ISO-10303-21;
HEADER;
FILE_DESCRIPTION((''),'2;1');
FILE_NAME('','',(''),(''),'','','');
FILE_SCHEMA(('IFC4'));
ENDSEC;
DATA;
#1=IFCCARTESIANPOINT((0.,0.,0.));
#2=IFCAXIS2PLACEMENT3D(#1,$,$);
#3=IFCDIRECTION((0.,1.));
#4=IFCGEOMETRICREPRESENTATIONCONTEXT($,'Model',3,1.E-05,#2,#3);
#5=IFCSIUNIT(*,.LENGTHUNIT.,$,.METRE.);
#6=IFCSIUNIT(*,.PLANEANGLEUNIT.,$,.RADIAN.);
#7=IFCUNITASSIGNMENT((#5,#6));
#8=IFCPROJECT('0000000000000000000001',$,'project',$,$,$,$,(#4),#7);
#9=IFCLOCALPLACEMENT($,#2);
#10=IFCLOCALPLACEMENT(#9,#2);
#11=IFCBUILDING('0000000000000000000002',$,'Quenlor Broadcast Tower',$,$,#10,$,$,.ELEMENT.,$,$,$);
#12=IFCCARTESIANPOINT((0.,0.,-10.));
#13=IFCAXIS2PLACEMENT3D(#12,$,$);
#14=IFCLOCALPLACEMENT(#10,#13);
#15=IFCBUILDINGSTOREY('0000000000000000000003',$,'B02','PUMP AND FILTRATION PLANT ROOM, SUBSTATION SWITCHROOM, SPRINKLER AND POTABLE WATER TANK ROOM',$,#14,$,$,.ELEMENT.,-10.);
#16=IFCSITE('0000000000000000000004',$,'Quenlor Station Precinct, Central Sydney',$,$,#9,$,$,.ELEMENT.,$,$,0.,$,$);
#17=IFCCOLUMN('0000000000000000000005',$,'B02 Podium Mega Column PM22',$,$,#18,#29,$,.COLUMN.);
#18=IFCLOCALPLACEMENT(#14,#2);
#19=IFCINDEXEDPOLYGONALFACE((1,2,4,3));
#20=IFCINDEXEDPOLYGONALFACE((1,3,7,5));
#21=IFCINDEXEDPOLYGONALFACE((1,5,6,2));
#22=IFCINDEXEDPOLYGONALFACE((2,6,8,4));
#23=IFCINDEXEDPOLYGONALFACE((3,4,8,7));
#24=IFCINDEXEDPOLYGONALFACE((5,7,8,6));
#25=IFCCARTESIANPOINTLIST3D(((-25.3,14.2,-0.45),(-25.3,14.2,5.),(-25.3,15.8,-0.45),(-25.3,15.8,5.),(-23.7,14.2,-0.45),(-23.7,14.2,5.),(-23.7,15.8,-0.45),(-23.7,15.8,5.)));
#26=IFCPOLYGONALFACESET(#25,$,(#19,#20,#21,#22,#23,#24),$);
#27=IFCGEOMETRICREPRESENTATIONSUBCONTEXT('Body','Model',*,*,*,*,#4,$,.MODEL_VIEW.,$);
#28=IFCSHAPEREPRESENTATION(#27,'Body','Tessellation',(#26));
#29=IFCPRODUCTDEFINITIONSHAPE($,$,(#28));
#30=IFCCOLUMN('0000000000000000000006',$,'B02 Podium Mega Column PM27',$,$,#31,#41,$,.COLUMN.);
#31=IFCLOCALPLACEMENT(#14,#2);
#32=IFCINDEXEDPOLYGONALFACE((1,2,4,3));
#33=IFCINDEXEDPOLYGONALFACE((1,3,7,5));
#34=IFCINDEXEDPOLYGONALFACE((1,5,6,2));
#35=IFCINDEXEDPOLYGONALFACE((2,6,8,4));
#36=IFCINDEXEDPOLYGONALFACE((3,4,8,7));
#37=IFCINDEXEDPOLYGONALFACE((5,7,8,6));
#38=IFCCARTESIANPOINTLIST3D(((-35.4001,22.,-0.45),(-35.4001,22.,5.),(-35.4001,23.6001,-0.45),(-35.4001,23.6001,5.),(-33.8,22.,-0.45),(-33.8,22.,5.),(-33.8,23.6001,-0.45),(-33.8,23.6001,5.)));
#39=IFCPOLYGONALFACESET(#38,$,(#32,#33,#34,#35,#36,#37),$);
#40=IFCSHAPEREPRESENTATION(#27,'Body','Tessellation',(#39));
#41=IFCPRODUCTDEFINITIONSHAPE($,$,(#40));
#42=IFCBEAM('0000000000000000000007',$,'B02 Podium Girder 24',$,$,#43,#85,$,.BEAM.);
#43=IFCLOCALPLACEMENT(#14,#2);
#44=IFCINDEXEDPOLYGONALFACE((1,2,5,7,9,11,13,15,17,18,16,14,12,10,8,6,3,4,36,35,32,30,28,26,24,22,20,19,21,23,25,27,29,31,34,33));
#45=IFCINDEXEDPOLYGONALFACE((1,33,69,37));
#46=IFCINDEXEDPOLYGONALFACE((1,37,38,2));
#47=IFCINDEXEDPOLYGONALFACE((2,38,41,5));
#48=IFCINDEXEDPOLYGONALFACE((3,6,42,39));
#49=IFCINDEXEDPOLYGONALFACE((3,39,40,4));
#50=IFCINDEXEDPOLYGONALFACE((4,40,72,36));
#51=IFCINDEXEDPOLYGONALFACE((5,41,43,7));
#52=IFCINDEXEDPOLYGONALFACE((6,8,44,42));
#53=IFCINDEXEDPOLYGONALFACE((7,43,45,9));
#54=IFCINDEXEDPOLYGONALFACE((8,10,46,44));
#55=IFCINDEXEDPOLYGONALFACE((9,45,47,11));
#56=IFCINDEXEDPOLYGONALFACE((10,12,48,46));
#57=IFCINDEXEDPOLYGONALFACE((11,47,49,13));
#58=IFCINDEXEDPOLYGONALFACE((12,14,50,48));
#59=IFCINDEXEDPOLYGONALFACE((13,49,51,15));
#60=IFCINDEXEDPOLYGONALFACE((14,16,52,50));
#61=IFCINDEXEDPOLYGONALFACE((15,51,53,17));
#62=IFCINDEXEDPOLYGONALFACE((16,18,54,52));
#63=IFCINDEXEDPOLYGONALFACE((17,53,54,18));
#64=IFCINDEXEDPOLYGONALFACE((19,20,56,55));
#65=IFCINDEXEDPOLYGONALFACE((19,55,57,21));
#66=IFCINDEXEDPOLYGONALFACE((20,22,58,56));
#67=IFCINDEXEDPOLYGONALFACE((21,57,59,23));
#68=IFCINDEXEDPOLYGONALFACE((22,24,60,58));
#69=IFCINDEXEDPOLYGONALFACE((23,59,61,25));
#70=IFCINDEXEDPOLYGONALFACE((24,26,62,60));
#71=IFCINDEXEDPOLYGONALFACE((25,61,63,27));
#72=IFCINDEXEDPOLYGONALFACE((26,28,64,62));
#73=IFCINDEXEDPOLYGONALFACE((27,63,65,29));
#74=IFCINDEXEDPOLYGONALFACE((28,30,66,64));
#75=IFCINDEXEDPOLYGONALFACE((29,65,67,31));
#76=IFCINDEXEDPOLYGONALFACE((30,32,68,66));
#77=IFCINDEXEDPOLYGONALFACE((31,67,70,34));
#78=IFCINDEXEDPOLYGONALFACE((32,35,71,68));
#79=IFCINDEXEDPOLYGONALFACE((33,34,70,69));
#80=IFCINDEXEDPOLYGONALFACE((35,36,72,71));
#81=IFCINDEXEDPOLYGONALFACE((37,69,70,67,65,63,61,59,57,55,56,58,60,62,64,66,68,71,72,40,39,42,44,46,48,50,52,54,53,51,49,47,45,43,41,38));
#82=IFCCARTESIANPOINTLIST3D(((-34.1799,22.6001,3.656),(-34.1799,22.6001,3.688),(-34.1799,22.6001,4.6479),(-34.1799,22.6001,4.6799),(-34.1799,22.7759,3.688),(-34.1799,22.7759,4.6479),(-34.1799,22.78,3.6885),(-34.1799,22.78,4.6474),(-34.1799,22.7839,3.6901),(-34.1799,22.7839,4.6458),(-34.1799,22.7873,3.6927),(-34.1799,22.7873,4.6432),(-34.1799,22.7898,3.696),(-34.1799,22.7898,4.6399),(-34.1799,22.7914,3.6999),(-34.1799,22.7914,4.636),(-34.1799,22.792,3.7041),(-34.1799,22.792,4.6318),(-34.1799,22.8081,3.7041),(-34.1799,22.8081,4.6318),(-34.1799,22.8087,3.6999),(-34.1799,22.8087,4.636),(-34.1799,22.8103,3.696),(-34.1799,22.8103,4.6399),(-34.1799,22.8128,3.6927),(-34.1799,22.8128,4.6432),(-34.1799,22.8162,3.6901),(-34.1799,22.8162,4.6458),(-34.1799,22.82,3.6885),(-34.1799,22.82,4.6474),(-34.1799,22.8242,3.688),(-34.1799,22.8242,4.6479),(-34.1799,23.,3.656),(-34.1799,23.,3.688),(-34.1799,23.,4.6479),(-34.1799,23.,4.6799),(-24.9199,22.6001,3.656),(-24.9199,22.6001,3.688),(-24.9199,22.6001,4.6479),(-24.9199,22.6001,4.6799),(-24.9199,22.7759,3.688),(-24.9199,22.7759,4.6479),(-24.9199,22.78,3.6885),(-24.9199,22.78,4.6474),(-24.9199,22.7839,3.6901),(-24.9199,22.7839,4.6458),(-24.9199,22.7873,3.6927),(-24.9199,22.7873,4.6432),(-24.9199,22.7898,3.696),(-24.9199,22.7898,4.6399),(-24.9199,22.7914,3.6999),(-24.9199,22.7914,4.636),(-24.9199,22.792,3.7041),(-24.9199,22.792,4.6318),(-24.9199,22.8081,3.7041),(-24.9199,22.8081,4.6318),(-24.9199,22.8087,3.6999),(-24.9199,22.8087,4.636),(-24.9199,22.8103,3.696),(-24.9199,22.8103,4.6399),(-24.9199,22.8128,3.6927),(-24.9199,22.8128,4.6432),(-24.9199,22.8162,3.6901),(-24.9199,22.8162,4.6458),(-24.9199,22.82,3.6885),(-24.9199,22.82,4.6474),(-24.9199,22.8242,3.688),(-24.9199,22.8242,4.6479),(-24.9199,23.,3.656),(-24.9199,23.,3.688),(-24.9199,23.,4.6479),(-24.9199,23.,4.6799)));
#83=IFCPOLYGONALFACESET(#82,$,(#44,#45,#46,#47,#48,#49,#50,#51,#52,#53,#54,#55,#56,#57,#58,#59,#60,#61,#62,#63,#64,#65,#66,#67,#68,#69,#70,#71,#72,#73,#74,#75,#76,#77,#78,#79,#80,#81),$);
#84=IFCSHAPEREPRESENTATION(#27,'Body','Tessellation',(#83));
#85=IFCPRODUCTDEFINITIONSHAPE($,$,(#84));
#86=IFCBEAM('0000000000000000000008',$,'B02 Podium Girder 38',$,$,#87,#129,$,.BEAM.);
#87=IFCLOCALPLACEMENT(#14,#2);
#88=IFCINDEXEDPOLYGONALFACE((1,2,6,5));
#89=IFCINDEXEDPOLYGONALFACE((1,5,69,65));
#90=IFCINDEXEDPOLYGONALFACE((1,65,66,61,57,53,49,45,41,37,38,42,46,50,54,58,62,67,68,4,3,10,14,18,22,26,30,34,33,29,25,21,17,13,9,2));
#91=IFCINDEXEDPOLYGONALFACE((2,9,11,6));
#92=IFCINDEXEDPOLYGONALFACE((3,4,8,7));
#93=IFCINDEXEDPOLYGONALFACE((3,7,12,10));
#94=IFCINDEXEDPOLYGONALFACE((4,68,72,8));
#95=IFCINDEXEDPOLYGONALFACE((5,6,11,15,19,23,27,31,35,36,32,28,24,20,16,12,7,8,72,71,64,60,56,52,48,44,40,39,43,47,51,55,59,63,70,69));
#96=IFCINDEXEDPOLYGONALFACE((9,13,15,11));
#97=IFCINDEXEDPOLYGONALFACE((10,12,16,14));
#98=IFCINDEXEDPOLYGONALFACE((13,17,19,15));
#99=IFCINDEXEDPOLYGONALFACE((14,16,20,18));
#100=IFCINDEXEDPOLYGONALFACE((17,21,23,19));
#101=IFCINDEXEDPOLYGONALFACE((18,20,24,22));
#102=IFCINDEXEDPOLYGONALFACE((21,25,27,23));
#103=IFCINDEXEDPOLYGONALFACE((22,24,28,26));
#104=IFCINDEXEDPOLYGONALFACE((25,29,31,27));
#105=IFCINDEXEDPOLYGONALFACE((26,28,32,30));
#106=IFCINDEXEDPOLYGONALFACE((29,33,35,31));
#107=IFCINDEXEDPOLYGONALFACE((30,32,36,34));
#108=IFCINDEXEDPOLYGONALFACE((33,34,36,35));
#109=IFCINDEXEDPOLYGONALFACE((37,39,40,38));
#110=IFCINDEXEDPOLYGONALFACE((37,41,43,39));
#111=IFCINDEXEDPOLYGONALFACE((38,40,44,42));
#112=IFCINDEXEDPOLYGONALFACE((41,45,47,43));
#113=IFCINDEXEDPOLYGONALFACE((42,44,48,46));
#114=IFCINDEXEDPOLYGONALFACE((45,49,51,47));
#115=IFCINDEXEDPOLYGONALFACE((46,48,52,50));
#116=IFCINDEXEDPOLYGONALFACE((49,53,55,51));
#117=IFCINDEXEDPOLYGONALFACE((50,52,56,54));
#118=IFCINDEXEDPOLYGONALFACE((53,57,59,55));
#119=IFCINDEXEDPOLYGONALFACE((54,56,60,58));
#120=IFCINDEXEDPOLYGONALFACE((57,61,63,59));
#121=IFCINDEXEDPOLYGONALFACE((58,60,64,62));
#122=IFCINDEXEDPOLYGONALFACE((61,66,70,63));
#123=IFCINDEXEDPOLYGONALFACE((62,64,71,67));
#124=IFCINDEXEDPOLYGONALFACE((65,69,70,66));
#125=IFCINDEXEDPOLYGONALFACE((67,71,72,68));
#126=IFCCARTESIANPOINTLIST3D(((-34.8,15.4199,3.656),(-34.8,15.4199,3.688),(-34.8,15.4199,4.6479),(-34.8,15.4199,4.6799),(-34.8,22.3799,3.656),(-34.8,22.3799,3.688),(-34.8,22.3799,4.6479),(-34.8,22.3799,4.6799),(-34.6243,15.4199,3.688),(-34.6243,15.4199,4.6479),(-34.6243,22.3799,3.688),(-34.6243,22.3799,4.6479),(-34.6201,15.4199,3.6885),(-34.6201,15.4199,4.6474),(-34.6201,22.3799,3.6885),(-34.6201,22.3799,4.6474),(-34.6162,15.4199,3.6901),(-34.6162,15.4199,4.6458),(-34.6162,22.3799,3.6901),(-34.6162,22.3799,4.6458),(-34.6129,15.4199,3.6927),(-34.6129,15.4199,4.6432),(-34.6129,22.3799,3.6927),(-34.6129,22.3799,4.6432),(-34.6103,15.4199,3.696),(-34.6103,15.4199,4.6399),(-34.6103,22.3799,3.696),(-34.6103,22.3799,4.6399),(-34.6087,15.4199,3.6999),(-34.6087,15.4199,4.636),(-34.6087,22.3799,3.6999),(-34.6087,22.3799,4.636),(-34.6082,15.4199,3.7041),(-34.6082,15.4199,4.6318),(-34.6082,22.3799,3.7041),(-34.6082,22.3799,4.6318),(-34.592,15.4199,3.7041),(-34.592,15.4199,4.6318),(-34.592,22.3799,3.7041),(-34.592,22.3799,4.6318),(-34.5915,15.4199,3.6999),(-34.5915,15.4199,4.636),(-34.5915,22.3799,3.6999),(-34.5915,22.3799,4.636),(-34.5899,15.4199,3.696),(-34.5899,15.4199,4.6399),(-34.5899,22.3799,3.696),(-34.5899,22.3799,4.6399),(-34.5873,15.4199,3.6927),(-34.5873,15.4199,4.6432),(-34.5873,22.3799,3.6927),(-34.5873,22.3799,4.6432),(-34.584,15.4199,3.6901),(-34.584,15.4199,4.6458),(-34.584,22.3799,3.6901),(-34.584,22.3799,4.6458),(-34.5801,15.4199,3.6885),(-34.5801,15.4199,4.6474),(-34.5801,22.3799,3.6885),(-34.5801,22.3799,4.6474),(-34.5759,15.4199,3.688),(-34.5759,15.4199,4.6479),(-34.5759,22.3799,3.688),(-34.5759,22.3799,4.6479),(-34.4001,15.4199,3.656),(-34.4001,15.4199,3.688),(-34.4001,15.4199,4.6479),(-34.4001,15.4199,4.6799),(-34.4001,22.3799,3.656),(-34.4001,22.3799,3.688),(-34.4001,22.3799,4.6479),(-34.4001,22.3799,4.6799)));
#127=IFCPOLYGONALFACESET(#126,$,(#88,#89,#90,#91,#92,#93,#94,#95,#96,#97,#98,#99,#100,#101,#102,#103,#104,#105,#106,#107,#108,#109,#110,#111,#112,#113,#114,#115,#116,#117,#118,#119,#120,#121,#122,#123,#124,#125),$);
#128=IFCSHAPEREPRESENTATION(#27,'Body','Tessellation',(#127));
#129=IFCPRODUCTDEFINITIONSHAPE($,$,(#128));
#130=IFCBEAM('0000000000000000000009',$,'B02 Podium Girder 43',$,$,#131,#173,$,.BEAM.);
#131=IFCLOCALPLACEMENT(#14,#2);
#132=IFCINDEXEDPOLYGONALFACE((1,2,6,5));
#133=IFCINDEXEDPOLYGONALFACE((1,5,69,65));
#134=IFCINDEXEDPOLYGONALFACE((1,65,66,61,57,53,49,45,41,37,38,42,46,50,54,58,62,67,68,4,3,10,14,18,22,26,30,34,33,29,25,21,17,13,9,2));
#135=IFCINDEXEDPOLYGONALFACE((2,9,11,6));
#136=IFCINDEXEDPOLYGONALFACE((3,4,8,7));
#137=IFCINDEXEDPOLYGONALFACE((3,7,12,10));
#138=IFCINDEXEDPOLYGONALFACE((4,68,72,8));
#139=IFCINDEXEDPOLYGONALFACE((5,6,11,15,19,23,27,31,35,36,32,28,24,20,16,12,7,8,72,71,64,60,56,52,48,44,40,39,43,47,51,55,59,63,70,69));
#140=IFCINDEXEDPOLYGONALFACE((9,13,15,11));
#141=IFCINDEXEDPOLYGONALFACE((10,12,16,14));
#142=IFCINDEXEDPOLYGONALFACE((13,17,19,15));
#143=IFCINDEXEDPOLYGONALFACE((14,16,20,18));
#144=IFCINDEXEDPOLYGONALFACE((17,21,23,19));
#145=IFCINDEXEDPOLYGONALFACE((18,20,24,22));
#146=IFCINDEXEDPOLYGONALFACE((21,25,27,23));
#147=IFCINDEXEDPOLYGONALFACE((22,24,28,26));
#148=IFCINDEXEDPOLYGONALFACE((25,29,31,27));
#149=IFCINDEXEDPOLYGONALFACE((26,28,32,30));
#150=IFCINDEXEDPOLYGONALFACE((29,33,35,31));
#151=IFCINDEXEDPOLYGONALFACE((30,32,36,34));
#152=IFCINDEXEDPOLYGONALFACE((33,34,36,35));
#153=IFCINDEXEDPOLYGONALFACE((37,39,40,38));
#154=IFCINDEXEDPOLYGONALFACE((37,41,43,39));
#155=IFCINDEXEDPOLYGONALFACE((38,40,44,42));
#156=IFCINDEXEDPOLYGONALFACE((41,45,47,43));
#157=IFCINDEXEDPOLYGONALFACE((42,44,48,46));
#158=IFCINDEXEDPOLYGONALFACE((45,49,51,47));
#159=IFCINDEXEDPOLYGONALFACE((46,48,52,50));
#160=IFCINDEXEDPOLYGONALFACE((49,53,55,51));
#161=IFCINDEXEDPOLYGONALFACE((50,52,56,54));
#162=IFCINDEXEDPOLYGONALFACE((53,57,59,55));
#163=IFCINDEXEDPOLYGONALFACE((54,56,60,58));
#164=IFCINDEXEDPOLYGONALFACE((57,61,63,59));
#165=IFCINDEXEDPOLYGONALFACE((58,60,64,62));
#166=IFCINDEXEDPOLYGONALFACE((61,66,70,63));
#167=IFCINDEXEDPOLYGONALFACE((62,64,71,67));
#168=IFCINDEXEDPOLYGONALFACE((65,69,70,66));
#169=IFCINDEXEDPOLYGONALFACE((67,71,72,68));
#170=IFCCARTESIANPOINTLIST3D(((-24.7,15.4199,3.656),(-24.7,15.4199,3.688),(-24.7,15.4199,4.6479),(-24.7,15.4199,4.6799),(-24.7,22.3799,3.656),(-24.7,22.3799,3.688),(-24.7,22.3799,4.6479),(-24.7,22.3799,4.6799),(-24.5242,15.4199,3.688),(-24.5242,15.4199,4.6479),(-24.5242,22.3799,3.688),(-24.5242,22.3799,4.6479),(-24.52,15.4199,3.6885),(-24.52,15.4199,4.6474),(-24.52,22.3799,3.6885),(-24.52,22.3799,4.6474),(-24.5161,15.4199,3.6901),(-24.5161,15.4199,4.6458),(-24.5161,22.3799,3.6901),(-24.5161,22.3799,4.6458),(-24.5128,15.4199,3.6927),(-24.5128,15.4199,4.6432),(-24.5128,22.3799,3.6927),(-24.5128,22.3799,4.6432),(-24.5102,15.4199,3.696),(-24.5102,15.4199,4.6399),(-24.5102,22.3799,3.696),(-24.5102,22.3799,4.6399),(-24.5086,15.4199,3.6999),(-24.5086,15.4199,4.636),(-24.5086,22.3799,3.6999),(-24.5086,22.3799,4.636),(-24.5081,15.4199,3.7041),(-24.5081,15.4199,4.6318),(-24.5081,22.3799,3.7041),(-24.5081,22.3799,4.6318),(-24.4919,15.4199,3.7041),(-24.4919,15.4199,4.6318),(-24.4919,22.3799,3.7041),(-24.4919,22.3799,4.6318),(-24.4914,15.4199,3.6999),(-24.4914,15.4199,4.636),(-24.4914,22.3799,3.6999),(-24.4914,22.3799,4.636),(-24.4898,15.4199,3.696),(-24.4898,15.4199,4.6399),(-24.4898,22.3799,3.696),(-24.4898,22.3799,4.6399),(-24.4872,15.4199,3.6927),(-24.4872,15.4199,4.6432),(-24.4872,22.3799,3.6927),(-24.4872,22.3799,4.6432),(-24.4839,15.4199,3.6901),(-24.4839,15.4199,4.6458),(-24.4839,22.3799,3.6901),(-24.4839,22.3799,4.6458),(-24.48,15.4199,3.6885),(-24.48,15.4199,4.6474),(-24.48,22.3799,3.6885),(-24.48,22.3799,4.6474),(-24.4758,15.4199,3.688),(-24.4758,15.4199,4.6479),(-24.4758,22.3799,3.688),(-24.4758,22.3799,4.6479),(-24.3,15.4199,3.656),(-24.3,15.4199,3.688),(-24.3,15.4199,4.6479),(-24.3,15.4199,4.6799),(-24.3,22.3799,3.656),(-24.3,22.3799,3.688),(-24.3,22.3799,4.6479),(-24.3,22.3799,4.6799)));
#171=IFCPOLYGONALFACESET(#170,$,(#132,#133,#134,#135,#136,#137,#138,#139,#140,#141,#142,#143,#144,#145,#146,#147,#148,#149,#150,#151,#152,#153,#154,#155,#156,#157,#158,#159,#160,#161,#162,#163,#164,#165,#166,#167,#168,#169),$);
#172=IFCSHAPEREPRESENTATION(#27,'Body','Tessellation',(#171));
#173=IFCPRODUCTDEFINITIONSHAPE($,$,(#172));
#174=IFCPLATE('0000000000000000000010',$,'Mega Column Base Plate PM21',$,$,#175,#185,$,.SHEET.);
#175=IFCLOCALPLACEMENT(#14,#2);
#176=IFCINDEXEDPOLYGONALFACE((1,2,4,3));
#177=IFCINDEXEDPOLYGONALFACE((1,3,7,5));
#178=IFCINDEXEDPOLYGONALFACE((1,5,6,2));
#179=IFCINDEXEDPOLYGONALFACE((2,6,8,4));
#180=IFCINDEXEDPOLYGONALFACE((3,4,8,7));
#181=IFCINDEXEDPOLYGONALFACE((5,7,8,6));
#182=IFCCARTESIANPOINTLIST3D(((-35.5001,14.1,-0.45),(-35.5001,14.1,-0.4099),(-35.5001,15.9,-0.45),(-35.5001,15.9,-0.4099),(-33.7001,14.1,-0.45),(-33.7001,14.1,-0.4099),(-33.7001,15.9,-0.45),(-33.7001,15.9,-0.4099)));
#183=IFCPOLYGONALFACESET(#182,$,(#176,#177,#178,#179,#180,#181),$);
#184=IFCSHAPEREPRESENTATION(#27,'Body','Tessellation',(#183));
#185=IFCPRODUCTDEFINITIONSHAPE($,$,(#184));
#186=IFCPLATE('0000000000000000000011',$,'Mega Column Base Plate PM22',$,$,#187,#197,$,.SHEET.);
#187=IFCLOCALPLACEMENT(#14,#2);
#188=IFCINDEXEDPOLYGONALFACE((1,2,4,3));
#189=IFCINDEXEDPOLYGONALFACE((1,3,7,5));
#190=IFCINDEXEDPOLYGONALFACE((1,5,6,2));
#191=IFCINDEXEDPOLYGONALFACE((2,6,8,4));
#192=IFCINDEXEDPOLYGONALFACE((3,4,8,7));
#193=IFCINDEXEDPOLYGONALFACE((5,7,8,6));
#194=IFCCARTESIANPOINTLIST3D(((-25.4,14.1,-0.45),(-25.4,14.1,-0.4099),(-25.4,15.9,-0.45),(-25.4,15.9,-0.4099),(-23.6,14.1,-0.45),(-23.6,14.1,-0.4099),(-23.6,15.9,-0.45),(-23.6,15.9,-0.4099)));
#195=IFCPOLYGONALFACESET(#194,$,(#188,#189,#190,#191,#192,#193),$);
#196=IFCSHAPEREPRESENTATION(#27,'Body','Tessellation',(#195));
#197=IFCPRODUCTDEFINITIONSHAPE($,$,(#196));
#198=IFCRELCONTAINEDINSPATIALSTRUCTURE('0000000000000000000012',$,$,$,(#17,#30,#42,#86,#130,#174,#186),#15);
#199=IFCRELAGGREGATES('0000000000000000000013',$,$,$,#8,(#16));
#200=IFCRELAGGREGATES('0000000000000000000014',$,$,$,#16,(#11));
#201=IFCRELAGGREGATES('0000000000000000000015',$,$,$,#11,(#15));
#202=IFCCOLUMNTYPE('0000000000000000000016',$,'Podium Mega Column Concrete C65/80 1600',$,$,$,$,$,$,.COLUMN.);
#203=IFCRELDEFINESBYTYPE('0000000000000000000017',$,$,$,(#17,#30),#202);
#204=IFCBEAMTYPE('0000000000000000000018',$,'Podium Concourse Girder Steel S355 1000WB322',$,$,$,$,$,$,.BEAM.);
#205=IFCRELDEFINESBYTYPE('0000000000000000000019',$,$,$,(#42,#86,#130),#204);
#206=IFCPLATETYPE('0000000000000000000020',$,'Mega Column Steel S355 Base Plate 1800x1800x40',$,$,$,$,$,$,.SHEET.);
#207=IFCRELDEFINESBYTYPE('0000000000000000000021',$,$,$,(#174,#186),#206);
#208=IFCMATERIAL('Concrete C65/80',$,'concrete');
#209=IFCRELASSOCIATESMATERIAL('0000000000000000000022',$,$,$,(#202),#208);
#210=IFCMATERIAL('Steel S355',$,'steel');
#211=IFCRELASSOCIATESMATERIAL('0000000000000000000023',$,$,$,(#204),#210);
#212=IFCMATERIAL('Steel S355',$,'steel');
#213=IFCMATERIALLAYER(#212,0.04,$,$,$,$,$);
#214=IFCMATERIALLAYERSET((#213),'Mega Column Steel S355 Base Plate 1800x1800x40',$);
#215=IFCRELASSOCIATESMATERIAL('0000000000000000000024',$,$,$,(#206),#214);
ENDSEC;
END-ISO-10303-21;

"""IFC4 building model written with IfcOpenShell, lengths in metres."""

from ifc_helpers import new_model, si_unit, direction, frame, origin, origin_2d, place, context, subcontext, project, spatial, rectangle, i_section, extrude, material, layer, layer_set, material_profile, profile_set, type_object, element, save


model = new_model("IFC4")

# Units and contexts
model_context = context("Model", 3, precision=1e-05, world=origin(), true_north=direction((0.0, 1.0)))
body_context = subcontext(model_context, "Body", "Model", "MODEL_VIEW")
ifc_project = project(units=[si_unit("LENGTHUNIT", "METRE"), si_unit("PLANEANGLEUNIT", "RADIAN")], contexts=[model_context])

# Site, building, storey
site_placement = place(None, origin())
site = spatial("IfcSite", under=ifc_project, at=site_placement, Name="Quenlor Station Precinct, Central Sydney", CompositionType="ELEMENT", RefElevation=0.0)
building_placement = place(site_placement, origin())
building = spatial("IfcBuilding", under=site, at=building_placement, Name="Quenlor Broadcast Tower", CompositionType="ELEMENT")
storey_placement = place(building_placement, frame((0.0, 0.0, -10.0)))
storey = spatial("IfcBuildingStorey", under=building, at=storey_placement, Name="B02", Description="PUMP AND FILTRATION PLANT ROOM, SUBSTATION SWITCHROOM, SPRINKLER AND POTABLE WATER TANK ROOM", CompositionType="ELEMENT", Elevation=-10.0)

# Columns
ifc_material_1 = material(Name="Concrete C65/80", Category="concrete")
ifc_material_profile_1 = material_profile(ifc_material_1, rectangle(XDim=1.6001, YDim=1.6001, at=origin_2d()))
ifc_profile_set_1 = profile_set([ifc_material_profile_1], Name="Concrete C65/80 RC1600x1600")
column_type = type_object("IfcColumnType", Name="Podium Mega Column Concrete C65/80 1600", PredefinedType="COLUMN", material=ifc_profile_set_1)
for number, where, z_axis, x_axis, name in (
    (1, (-24.5, 15.0, -0.45), (0.0, 0.0, 1.0), (1.0, 0.0, 0.0), "B02 Podium Mega Column PM22"),
    (2, (-34.6001, 22.8, -0.45), (0.0, 0.0, 1.0), (1.0, 0.0, 0.0), "B02 Podium Mega Column PM27"),
):
    element("IfcColumn", number, at=place(storey_placement, frame(where, z_axis=z_axis, x_axis=x_axis)), inside=storey, type_object=column_type, Name=name, PredefinedType="COLUMN", context=body_context, shape_type="SweptSolid", body=[
        extrude(rectangle(XDim=1.6001, YDim=1.6001, at=origin_2d()), origin(), (0.0, 0.0, 1.0), 5.45),
    ])

# Beams
ifc_material_2 = material(Name="Steel S355", Category="steel")
ifc_material_profile_2 = material_profile(ifc_material_2, i_section(OverallWidth=0.3999, OverallDepth=1.0239, WebThickness=0.0161, FlangeThickness=0.032, FilletRadius=0.0161, at=origin_2d()))
ifc_profile_set_2 = profile_set([ifc_material_profile_2], Name="Steel S355 1000WB322")
beam_type = type_object("IfcBeamType", Name="Podium Concourse Girder Steel S355 1000WB322", PredefinedType="BEAM", material=ifc_profile_set_2)
beam_placement = place(storey_placement, frame((-34.1799, 22.8, 4.168), z_axis=(1.0, 0.0, 0.0), x_axis=(0.0, 1.0, 0.0)))
element("IfcBeam", 3, at=beam_placement, inside=storey, type_object=beam_type, Name="B02 Podium Girder 24", PredefinedType="BEAM", context=body_context, shape_type="SweptSolid", body=[
    extrude(i_section(OverallWidth=0.3999, OverallDepth=1.0239, WebThickness=0.0161, FlangeThickness=0.032, FilletRadius=0.0161, at=origin_2d()), origin(), (0.0, 0.0, 1.0), 9.26),
])
for number, where, z_axis, x_axis, name in (
    (4, (-34.6001, 15.4199, 4.168), (0.0, 1.0, 0.0), (-1.0, 0.0, 0.0), "B02 Podium Girder 38"),
    (5, (-24.5, 15.4199, 4.168), (0.0, 1.0, 0.0), (-1.0, 0.0, 0.0), "B02 Podium Girder 43"),
):
    element("IfcBeam", number, at=place(storey_placement, frame(where, z_axis=z_axis, x_axis=x_axis)), inside=storey, type_object=beam_type, Name=name, PredefinedType="BEAM", context=body_context, shape_type="SweptSolid", body=[
        extrude(i_section(OverallWidth=0.3999, OverallDepth=1.0239, WebThickness=0.0161, FlangeThickness=0.032, FilletRadius=0.0161, at=origin_2d()), origin(), (0.0, 0.0, 1.0), 6.96),
    ])

# Plates
ifc_material_3 = material(Name="Steel S355", Category="steel")
ifc_layer_1 = layer(ifc_material_3, 0.04)
ifc_layer_set_1 = layer_set([ifc_layer_1], Name="Mega Column Steel S355 Base Plate 1800x1800x40")
plate_type = type_object("IfcPlateType", Name="Mega Column Steel S355 Base Plate 1800x1800x40", PredefinedType="SHEET", material=ifc_layer_set_1)
for number, where, z_axis, x_axis, name in (
    (6, (-34.6001, 15.0, -0.45), (0.0, 0.0, 1.0), (1.0, 0.0, 0.0), "Mega Column Base Plate PM21"),
    (7, (-24.5, 15.0, -0.45), (0.0, 0.0, 1.0), (1.0, 0.0, 0.0), "Mega Column Base Plate PM22"),
):
    element("IfcPlate", number, at=place(storey_placement, frame(where, z_axis=z_axis, x_axis=x_axis)), inside=storey, type_object=plate_type, Name=name, PredefinedType="SHEET", context=body_context, shape_type="SweptSolid", body=[
        extrude(rectangle(XDim=1.8, YDim=1.8, at=origin_2d()), origin(), (0.0, 0.0, 1.0), 0.04),
    ])

save(model, "model.ifc")
